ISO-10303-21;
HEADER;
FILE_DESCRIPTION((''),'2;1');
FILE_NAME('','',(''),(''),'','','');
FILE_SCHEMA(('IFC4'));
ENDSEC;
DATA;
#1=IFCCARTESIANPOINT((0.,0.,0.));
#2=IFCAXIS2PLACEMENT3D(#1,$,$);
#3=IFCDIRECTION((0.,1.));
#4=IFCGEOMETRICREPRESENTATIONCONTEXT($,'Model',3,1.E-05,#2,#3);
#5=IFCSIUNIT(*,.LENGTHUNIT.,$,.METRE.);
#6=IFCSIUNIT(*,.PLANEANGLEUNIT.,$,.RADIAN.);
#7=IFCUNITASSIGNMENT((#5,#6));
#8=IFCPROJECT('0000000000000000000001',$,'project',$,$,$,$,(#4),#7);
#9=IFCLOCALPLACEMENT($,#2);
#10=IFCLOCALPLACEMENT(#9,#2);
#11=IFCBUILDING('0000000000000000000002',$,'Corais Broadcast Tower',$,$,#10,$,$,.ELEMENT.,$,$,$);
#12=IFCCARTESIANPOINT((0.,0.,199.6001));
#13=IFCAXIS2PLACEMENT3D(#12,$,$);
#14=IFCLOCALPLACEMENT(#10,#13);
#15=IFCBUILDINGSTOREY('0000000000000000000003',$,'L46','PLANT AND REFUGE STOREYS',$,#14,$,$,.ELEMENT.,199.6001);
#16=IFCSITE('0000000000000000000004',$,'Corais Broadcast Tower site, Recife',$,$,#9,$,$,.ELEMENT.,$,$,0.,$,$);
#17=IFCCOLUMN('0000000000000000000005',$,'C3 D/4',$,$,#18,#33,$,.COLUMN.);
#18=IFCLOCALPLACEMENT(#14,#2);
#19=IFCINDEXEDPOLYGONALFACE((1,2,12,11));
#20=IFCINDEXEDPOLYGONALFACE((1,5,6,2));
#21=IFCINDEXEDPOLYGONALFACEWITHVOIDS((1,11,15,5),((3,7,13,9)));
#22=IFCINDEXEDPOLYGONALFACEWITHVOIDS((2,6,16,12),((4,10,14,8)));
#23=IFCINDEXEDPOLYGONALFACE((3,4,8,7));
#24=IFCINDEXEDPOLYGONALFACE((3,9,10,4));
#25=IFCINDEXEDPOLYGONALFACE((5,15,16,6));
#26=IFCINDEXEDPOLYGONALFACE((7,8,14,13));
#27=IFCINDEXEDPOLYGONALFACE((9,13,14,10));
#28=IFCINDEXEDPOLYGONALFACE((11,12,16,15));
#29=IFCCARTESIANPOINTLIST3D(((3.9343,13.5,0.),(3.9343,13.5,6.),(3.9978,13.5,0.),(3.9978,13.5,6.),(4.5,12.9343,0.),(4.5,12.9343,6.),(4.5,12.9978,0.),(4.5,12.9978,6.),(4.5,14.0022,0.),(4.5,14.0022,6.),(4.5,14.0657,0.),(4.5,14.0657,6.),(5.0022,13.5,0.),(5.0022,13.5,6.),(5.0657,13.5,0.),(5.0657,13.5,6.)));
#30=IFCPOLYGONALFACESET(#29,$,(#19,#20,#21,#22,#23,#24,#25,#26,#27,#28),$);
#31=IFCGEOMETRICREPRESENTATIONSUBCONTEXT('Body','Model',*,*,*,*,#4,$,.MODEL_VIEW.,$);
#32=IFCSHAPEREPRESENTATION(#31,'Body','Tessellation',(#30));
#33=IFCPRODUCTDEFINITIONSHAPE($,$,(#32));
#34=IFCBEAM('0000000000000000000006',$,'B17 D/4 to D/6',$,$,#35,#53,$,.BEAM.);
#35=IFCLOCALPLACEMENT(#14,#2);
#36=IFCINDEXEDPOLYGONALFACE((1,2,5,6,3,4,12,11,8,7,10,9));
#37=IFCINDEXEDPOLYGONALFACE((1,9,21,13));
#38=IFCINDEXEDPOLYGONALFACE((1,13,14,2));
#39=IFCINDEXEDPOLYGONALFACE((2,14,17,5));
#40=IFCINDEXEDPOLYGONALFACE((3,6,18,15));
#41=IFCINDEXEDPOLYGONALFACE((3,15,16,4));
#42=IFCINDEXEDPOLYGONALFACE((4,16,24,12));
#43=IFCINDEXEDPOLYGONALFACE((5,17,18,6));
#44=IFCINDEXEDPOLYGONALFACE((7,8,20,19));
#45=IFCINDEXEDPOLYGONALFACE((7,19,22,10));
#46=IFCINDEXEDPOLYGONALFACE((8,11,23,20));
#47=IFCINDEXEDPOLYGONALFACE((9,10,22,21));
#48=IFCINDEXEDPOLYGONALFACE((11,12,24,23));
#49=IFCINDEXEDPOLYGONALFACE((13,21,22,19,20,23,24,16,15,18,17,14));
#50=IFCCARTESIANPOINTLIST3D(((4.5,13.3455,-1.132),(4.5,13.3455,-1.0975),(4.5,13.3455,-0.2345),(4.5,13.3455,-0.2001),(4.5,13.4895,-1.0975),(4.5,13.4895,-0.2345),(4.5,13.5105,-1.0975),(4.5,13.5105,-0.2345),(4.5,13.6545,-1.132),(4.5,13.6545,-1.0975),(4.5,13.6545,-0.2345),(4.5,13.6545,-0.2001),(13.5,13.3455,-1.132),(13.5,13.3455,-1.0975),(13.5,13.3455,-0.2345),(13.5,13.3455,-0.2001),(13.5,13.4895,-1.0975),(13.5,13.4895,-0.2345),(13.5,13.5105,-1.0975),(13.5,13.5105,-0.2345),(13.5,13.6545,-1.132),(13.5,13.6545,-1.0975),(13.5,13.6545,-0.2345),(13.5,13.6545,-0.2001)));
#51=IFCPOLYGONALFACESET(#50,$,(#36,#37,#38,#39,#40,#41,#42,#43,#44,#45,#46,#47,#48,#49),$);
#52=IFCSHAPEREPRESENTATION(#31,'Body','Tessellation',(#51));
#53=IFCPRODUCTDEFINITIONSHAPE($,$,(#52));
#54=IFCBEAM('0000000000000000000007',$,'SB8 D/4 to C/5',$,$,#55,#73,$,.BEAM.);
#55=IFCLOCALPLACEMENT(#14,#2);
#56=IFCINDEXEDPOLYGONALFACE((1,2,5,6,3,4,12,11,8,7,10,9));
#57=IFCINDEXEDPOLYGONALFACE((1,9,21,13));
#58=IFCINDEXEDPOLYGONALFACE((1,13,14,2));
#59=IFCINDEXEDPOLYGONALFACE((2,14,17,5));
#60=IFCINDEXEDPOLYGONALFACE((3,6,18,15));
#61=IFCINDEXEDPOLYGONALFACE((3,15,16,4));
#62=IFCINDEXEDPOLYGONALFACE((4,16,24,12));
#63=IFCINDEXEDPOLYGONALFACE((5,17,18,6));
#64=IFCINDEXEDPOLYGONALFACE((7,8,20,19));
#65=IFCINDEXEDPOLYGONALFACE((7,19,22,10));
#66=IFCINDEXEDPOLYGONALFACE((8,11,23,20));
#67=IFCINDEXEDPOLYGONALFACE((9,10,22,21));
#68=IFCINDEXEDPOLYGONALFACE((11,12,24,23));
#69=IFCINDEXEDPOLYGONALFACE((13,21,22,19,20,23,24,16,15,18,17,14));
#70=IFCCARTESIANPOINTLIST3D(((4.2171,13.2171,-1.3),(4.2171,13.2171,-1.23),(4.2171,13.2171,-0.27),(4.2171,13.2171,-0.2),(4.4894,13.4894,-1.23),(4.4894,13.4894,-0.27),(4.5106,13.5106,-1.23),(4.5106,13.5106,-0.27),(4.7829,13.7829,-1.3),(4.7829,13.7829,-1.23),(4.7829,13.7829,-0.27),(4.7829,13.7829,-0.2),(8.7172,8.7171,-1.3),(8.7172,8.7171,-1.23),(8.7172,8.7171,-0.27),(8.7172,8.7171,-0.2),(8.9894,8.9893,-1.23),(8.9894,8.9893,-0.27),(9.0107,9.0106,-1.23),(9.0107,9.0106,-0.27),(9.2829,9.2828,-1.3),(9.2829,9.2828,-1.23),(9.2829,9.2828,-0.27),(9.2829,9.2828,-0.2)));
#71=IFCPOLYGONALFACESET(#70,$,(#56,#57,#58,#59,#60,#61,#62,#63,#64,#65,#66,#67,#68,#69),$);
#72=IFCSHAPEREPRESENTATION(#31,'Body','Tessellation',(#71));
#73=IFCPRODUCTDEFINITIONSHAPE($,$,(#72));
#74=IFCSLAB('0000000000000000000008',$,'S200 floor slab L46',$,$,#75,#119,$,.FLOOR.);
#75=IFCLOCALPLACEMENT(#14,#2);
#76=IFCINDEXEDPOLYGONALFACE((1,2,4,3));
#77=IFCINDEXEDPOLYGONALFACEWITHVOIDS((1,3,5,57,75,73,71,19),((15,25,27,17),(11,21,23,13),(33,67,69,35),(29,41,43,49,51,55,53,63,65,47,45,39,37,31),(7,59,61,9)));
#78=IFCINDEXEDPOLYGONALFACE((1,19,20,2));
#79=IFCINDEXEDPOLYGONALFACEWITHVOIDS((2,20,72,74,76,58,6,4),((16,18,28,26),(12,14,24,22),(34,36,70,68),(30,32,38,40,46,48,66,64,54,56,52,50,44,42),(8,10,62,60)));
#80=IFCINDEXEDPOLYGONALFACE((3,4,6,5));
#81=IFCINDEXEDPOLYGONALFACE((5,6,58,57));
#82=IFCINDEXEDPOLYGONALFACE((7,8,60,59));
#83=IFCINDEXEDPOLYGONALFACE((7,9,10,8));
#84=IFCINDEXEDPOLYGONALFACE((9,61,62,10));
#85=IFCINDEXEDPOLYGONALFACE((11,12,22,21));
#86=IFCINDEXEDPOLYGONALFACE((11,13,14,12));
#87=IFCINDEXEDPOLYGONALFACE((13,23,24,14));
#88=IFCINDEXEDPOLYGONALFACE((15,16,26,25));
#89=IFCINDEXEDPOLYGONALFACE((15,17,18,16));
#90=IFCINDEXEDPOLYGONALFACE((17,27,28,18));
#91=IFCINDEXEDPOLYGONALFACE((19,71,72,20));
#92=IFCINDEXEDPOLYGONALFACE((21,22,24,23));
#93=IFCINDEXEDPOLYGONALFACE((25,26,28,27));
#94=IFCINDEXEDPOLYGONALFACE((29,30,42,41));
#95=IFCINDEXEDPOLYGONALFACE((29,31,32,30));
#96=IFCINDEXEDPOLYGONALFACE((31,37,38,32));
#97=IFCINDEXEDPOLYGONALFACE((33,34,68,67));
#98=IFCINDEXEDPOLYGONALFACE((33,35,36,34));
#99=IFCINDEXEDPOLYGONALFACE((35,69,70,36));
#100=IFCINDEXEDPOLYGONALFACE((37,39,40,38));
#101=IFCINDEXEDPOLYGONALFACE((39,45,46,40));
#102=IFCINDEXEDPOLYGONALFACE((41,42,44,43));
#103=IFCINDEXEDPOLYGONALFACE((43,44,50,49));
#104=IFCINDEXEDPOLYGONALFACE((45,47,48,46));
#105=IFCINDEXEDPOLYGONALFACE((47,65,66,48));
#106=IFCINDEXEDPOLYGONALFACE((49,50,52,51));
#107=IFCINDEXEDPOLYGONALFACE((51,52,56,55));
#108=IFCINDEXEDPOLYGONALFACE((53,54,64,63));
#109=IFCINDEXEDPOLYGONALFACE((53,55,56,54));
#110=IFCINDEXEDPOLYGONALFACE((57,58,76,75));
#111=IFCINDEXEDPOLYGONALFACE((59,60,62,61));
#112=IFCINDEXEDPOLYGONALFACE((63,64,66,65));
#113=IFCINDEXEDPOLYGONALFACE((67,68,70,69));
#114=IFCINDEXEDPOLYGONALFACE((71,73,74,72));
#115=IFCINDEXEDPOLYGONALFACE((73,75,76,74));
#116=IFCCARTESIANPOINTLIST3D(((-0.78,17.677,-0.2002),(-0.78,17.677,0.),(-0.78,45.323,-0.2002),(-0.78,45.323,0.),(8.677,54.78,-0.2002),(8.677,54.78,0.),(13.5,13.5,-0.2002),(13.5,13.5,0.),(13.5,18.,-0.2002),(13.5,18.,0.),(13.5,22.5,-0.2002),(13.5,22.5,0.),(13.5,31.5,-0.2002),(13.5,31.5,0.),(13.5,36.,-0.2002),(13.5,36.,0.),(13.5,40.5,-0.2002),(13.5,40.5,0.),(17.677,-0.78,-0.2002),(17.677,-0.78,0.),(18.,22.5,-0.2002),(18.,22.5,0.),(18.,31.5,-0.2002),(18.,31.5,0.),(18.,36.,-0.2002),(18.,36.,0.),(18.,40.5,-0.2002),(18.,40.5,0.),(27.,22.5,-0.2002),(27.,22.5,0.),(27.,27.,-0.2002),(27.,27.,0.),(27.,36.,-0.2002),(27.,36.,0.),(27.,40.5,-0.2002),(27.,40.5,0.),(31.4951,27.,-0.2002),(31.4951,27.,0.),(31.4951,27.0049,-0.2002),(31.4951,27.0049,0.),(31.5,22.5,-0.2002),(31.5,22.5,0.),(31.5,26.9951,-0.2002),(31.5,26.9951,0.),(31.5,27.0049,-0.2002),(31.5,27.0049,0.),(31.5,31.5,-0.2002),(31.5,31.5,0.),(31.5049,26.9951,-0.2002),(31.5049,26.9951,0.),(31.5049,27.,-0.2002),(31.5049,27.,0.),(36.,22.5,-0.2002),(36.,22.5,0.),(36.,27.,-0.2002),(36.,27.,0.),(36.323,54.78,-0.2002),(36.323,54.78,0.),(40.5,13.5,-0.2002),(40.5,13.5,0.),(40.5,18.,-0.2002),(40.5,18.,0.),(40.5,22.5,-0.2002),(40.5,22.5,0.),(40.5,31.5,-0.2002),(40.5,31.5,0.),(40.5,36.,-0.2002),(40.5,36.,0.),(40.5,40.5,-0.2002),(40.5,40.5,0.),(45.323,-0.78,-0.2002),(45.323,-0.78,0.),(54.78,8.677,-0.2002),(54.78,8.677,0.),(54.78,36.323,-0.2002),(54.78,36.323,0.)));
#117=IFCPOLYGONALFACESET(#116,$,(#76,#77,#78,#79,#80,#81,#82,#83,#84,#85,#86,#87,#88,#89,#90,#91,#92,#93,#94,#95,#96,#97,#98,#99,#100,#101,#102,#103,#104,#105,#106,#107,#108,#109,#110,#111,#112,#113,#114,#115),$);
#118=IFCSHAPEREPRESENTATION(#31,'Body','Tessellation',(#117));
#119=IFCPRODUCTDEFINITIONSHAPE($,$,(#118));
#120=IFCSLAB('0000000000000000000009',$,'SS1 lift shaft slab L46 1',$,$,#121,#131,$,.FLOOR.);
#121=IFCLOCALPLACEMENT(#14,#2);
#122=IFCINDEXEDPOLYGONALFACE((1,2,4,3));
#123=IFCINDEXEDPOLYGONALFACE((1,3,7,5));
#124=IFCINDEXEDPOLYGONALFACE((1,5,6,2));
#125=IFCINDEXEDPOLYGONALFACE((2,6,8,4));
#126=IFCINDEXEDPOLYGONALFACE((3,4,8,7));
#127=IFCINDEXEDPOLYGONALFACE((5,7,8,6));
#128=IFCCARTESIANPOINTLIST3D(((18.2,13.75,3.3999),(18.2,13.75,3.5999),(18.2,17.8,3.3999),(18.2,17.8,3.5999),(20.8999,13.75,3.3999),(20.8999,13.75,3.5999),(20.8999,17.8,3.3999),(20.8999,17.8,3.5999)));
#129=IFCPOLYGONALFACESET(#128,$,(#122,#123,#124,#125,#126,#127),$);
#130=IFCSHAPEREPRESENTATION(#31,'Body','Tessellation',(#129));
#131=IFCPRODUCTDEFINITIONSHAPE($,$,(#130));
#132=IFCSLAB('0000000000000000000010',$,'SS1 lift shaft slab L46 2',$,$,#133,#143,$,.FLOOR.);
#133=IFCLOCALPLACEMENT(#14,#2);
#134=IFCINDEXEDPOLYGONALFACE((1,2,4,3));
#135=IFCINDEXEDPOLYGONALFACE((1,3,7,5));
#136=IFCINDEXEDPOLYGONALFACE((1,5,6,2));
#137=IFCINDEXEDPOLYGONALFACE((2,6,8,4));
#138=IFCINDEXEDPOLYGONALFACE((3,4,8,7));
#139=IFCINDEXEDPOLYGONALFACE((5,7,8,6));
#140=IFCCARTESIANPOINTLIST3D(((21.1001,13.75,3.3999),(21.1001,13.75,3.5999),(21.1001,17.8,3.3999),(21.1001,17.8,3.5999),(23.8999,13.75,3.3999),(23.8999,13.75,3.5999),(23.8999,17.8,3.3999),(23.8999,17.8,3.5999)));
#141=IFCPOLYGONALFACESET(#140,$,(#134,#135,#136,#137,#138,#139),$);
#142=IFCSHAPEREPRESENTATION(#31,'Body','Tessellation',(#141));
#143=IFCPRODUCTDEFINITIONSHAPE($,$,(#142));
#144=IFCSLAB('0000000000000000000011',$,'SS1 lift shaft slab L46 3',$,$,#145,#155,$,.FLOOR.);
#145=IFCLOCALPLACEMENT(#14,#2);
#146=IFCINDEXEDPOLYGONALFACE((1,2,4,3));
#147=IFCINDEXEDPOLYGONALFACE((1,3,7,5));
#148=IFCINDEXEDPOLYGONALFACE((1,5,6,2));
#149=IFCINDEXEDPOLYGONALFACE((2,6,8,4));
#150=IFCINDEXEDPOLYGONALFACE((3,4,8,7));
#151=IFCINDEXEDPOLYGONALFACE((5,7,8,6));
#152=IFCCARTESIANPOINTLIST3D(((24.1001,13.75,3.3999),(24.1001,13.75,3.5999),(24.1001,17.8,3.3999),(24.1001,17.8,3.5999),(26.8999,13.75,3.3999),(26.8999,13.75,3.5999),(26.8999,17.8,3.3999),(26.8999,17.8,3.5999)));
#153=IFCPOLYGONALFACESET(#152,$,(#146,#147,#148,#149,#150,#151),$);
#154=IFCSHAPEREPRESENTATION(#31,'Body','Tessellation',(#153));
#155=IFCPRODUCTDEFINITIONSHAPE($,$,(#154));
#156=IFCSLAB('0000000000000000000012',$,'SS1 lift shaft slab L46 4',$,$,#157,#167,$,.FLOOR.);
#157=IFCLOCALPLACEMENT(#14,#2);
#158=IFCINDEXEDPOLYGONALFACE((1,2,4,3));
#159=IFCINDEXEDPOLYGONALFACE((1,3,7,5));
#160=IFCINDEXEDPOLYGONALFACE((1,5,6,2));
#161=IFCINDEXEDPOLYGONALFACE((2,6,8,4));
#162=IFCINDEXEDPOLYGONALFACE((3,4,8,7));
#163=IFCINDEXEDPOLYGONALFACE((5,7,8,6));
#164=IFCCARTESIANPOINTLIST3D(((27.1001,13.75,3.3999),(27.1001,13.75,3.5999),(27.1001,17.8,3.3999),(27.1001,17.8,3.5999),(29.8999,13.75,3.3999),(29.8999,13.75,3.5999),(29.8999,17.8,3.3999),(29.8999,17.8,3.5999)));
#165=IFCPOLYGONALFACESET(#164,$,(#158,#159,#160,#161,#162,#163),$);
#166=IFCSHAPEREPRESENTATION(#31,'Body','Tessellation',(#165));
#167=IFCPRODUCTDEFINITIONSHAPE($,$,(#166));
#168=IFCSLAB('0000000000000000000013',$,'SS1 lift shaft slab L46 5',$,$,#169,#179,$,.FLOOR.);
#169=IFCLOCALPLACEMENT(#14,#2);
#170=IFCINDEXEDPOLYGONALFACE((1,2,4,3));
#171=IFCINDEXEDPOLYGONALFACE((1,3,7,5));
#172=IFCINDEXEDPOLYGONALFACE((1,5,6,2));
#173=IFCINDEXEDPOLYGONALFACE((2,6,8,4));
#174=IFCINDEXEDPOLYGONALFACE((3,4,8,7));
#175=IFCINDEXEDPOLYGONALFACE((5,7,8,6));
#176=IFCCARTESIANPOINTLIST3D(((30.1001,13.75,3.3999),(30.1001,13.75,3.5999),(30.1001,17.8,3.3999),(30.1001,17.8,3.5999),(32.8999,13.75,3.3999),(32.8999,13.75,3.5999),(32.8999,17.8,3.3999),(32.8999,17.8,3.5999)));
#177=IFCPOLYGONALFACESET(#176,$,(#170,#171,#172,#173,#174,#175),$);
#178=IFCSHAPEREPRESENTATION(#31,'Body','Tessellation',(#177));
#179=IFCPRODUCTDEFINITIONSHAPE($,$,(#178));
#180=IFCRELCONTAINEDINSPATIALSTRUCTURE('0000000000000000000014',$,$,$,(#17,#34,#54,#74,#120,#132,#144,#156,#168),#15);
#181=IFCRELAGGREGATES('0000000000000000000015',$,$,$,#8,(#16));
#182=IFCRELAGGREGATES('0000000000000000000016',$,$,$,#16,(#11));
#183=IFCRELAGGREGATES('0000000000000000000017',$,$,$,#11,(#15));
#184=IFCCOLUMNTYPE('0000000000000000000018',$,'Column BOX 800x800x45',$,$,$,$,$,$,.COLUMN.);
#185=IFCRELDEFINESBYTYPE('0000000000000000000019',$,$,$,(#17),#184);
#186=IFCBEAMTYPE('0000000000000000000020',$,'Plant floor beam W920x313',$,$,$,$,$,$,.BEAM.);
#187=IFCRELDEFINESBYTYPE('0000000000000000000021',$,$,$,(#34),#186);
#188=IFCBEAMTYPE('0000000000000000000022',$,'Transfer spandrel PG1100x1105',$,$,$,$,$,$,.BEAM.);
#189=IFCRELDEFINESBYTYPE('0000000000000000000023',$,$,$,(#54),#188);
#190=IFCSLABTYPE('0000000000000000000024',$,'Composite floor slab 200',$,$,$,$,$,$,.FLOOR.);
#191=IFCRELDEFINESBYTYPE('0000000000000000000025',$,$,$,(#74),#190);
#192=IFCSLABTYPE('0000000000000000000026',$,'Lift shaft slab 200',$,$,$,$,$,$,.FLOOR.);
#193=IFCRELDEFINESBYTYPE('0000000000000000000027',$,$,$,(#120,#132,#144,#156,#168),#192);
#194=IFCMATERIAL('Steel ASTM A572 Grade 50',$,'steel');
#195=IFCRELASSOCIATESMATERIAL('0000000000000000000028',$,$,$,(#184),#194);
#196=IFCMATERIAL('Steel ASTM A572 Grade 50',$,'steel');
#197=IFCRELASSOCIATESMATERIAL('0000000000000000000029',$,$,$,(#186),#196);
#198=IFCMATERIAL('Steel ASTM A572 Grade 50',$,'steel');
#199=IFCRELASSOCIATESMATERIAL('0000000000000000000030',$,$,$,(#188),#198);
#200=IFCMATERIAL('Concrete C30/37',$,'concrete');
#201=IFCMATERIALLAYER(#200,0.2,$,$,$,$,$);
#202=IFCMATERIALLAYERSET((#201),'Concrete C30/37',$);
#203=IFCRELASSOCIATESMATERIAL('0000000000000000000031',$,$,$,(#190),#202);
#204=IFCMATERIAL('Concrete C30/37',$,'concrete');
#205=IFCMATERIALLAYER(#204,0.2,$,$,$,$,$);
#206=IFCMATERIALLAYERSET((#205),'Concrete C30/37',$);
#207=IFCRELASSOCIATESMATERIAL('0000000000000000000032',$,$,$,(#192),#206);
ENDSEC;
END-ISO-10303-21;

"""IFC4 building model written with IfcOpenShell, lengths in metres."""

from ifc_helpers import new_model, si_unit, direction, frame, origin, origin_2d, place, context, subcontext, project, spatial, polyline, hollow_rectangle, i_section, outline, extrude, material, layer, layer_set, material_profile, profile_set, type_object, element, save


model = new_model("IFC4")

# Units and contexts
model_context = context("Model", 3, precision=1e-05, world=origin(), true_north=direction((0.0, 1.0)))
body_context = subcontext(model_context, "Body", "Model", "MODEL_VIEW")
ifc_project = project(units=[si_unit("LENGTHUNIT", "METRE"), si_unit("PLANEANGLEUNIT", "RADIAN")], contexts=[model_context])

# Site, building, storey
site_placement = place(None, origin())
site = spatial("IfcSite", under=ifc_project, at=site_placement, Name="Corais Broadcast Tower site, Recife", CompositionType="ELEMENT", RefElevation=0.0)
building_placement = place(site_placement, origin())
building = spatial("IfcBuilding", under=site, at=building_placement, Name="Corais Broadcast Tower", CompositionType="ELEMENT")
storey_placement = place(building_placement, frame((0.0, 0.0, 199.6001)))
storey = spatial("IfcBuildingStorey", under=building, at=storey_placement, Name="L46", Description="PLANT AND REFUGE STOREYS", CompositionType="ELEMENT", Elevation=199.6001)

# Column
ifc_material_1 = material(Name="Steel ASTM A572 Grade 50", Category="steel")
ifc_material_profile_1 = material_profile(ifc_material_1, hollow_rectangle(XDim=0.8, YDim=0.8, WallThickness=0.0449, at=origin_2d()), Name="BOX 800x800x45")
ifc_profile_set_1 = profile_set([ifc_material_profile_1], Name="Steel ASTM A572 Grade 50")
column_type = type_object("IfcColumnType", Name="Column BOX 800x800x45", PredefinedType="COLUMN", material=ifc_profile_set_1)
column_placement = place(storey_placement, frame((4.5, 13.5, 0.0), z_axis=(0.0, 0.0, 1.0), x_axis=(0.707107, 0.707107, 0.0)))
element("IfcColumn", 1, at=column_placement, inside=storey, type_object=column_type, Name="C3 D/4", PredefinedType="COLUMN", context=body_context, shape_type="SweptSolid", body=[
    extrude(hollow_rectangle(XDim=0.8, YDim=0.8, WallThickness=0.0449, at=origin_2d()), origin(), (0.0, 0.0, 1.0), 6.0),
])

# Beams
ifc_material_2 = material(Name="Steel ASTM A572 Grade 50", Category="steel")
ifc_material_profile_2 = material_profile(ifc_material_2, i_section(OverallWidth=0.3091, OverallDepth=0.9319, WebThickness=0.021, FlangeThickness=0.0344, at=origin_2d()), Name="W920x313")
ifc_profile_set_2 = profile_set([ifc_material_profile_2], Name="Steel ASTM A572 Grade 50")
beam_type_1 = type_object("IfcBeamType", Name="Plant floor beam W920x313", PredefinedType="BEAM", material=ifc_profile_set_2)
beam_1_placement = place(storey_placement, frame((4.5, 13.5, -0.666), z_axis=(1.0, 0.0, 0.0), x_axis=(0.0, 1.0, 0.0)))
element("IfcBeam", 2, at=beam_1_placement, inside=storey, type_object=beam_type_1, Name="B17 D/4 to D/6", PredefinedType="BEAM", context=body_context, shape_type="SweptSolid", body=[
    extrude(i_section(OverallWidth=0.3091, OverallDepth=0.9319, WebThickness=0.021, FlangeThickness=0.0344, at=origin_2d()), origin(), (0.0, 0.0, 1.0), 9.0),
])
ifc_material_3 = material(Name="Steel ASTM A572 Grade 50", Category="steel")
ifc_material_profile_3 = material_profile(ifc_material_3, i_section(OverallWidth=0.8, OverallDepth=1.1001, WebThickness=0.03, FlangeThickness=0.0701, at=origin_2d()), Name="PG1100x1105")
ifc_profile_set_3 = profile_set([ifc_material_profile_3], Name="Steel ASTM A572 Grade 50")
beam_type_2 = type_object("IfcBeamType", Name="Transfer spandrel PG1100x1105", PredefinedType="BEAM", material=ifc_profile_set_3)
beam_2_placement = place(storey_placement, frame((4.5, 13.5, -0.75), z_axis=(0.707107, -0.707107, 0.0), x_axis=(0.707107, 0.707107, 0.0)))
element("IfcBeam", 3, at=beam_2_placement, inside=storey, type_object=beam_type_2, Name="SB8 D/4 to C/5", PredefinedType="BEAM", context=body_context, shape_type="SweptSolid", body=[
    extrude(i_section(OverallWidth=0.8, OverallDepth=1.1001, WebThickness=0.03, FlangeThickness=0.0701, at=origin_2d()), origin(), (0.0, 0.0, 1.0), 6.364),
])

# Slabs
ifc_material_4 = material(Name="Concrete C30/37", Category="concrete")
ifc_layer_1 = layer(ifc_material_4, 0.2)
ifc_layer_set_1 = layer_set([ifc_layer_1], Name="Concrete C30/37")
slab_type_1 = type_object("IfcSlabType", Name="Composite floor slab 200", PredefinedType="FLOOR", material=ifc_layer_set_1)
slab_1_placement = place(storey_placement, frame((0.0, 0.0, -0.2002)))
element("IfcSlab", 4, at=slab_1_placement, inside=storey, type_object=slab_type_1, Name="S200 floor slab L46", PredefinedType="FLOOR", context=body_context, shape_type="SweptSolid", body=[
    extrude(outline(polyline([(17.677, -0.78), (-0.78, 17.677), (-0.78, 45.323), (8.677, 54.78), (36.323, 54.78), (54.78, 36.323), (54.78, 8.677), (45.323, -0.78), (17.677, -0.78)]), holes=[polyline([(13.5, 18.0), (40.5, 18.0), (40.5, 13.5), (13.5, 13.5), (13.5, 18.0)]), polyline([(18.0, 22.5), (13.5, 22.5), (13.5, 31.5), (18.0, 31.5), (18.0, 22.5)]), polyline([(18.0, 36.0), (13.5, 36.0), (13.5, 40.5), (18.0, 40.5), (18.0, 36.0)]), polyline([(31.5, 22.5), (27.0, 22.5), (27.0, 27.0), (31.4951, 27.0), (31.4951, 27.0049), (31.5, 27.0049), (31.5, 31.5), (40.5, 31.5), (40.5, 22.5), (36.0, 22.5), (36.0, 27.0), (31.5049, 27.0), (31.5049, 26.9951), (31.5, 26.9951), (31.5, 22.5)]), polyline([(27.0, 40.5), (40.5, 40.5), (40.5, 36.0), (27.0, 36.0), (27.0, 40.5)])]), origin(), (0.0, 0.0, 1.0), 0.2002),
])
ifc_material_5 = material(Name="Concrete C30/37", Category="concrete")
ifc_layer_2 = layer(ifc_material_5, 0.2)
ifc_layer_set_2 = layer_set([ifc_layer_2], Name="Concrete C30/37")
slab_type_2 = type_object("IfcSlabType", Name="Lift shaft slab 200", PredefinedType="FLOOR", material=ifc_layer_set_2)
slab_2_placement = place(storey_placement, frame((0.0, 0.0, 3.3999)))
element("IfcSlab", 5, at=slab_2_placement, inside=storey, type_object=slab_type_2, Name="SS1 lift shaft slab L46 1", PredefinedType="FLOOR", context=body_context, shape_type="SweptSolid", body=[
    extrude(outline(polyline([(18.2, 13.75), (20.8999, 13.75), (20.8999, 17.8), (18.2, 17.8), (18.2, 13.75)])), origin(), (0.0, 0.0, 1.0), 0.2),
])
slab_3_placement = place(storey_placement, frame((0.0, 0.0, 3.3999)))
element("IfcSlab", 6, at=slab_3_placement, inside=storey, type_object=slab_type_2, Name="SS1 lift shaft slab L46 2", PredefinedType="FLOOR", context=body_context, shape_type="SweptSolid", body=[
    extrude(outline(polyline([(21.1001, 13.75), (23.8999, 13.75), (23.8999, 17.8), (21.1001, 17.8), (21.1001, 13.75)])), origin(), (0.0, 0.0, 1.0), 0.2),
])
slab_4_placement = place(storey_placement, frame((0.0, 0.0, 3.3999)))
element("IfcSlab", 7, at=slab_4_placement, inside=storey, type_object=slab_type_2, Name="SS1 lift shaft slab L46 3", PredefinedType="FLOOR", context=body_context, shape_type="SweptSolid", body=[
    extrude(outline(polyline([(24.1001, 13.75), (26.8999, 13.75), (26.8999, 17.8), (24.1001, 17.8), (24.1001, 13.75)])), origin(), (0.0, 0.0, 1.0), 0.2),
])
slab_5_placement = place(storey_placement, frame((0.0, 0.0, 3.3999)))
element("IfcSlab", 8, at=slab_5_placement, inside=storey, type_object=slab_type_2, Name="SS1 lift shaft slab L46 4", PredefinedType="FLOOR", context=body_context, shape_type="SweptSolid", body=[
    extrude(outline(polyline([(27.1001, 13.75), (29.8999, 13.75), (29.8999, 17.8), (27.1001, 17.8), (27.1001, 13.75)])), origin(), (0.0, 0.0, 1.0), 0.2),
])
slab_6_placement = place(storey_placement, frame((0.0, 0.0, 3.3999)))
element("IfcSlab", 9, at=slab_6_placement, inside=storey, type_object=slab_type_2, Name="SS1 lift shaft slab L46 5", PredefinedType="FLOOR", context=body_context, shape_type="SweptSolid", body=[
    extrude(outline(polyline([(30.1001, 13.75), (32.8999, 13.75), (32.8999, 17.8), (30.1001, 17.8), (30.1001, 13.75)])), origin(), (0.0, 0.0, 1.0), 0.2),
])

save(model, "model.ifc")
